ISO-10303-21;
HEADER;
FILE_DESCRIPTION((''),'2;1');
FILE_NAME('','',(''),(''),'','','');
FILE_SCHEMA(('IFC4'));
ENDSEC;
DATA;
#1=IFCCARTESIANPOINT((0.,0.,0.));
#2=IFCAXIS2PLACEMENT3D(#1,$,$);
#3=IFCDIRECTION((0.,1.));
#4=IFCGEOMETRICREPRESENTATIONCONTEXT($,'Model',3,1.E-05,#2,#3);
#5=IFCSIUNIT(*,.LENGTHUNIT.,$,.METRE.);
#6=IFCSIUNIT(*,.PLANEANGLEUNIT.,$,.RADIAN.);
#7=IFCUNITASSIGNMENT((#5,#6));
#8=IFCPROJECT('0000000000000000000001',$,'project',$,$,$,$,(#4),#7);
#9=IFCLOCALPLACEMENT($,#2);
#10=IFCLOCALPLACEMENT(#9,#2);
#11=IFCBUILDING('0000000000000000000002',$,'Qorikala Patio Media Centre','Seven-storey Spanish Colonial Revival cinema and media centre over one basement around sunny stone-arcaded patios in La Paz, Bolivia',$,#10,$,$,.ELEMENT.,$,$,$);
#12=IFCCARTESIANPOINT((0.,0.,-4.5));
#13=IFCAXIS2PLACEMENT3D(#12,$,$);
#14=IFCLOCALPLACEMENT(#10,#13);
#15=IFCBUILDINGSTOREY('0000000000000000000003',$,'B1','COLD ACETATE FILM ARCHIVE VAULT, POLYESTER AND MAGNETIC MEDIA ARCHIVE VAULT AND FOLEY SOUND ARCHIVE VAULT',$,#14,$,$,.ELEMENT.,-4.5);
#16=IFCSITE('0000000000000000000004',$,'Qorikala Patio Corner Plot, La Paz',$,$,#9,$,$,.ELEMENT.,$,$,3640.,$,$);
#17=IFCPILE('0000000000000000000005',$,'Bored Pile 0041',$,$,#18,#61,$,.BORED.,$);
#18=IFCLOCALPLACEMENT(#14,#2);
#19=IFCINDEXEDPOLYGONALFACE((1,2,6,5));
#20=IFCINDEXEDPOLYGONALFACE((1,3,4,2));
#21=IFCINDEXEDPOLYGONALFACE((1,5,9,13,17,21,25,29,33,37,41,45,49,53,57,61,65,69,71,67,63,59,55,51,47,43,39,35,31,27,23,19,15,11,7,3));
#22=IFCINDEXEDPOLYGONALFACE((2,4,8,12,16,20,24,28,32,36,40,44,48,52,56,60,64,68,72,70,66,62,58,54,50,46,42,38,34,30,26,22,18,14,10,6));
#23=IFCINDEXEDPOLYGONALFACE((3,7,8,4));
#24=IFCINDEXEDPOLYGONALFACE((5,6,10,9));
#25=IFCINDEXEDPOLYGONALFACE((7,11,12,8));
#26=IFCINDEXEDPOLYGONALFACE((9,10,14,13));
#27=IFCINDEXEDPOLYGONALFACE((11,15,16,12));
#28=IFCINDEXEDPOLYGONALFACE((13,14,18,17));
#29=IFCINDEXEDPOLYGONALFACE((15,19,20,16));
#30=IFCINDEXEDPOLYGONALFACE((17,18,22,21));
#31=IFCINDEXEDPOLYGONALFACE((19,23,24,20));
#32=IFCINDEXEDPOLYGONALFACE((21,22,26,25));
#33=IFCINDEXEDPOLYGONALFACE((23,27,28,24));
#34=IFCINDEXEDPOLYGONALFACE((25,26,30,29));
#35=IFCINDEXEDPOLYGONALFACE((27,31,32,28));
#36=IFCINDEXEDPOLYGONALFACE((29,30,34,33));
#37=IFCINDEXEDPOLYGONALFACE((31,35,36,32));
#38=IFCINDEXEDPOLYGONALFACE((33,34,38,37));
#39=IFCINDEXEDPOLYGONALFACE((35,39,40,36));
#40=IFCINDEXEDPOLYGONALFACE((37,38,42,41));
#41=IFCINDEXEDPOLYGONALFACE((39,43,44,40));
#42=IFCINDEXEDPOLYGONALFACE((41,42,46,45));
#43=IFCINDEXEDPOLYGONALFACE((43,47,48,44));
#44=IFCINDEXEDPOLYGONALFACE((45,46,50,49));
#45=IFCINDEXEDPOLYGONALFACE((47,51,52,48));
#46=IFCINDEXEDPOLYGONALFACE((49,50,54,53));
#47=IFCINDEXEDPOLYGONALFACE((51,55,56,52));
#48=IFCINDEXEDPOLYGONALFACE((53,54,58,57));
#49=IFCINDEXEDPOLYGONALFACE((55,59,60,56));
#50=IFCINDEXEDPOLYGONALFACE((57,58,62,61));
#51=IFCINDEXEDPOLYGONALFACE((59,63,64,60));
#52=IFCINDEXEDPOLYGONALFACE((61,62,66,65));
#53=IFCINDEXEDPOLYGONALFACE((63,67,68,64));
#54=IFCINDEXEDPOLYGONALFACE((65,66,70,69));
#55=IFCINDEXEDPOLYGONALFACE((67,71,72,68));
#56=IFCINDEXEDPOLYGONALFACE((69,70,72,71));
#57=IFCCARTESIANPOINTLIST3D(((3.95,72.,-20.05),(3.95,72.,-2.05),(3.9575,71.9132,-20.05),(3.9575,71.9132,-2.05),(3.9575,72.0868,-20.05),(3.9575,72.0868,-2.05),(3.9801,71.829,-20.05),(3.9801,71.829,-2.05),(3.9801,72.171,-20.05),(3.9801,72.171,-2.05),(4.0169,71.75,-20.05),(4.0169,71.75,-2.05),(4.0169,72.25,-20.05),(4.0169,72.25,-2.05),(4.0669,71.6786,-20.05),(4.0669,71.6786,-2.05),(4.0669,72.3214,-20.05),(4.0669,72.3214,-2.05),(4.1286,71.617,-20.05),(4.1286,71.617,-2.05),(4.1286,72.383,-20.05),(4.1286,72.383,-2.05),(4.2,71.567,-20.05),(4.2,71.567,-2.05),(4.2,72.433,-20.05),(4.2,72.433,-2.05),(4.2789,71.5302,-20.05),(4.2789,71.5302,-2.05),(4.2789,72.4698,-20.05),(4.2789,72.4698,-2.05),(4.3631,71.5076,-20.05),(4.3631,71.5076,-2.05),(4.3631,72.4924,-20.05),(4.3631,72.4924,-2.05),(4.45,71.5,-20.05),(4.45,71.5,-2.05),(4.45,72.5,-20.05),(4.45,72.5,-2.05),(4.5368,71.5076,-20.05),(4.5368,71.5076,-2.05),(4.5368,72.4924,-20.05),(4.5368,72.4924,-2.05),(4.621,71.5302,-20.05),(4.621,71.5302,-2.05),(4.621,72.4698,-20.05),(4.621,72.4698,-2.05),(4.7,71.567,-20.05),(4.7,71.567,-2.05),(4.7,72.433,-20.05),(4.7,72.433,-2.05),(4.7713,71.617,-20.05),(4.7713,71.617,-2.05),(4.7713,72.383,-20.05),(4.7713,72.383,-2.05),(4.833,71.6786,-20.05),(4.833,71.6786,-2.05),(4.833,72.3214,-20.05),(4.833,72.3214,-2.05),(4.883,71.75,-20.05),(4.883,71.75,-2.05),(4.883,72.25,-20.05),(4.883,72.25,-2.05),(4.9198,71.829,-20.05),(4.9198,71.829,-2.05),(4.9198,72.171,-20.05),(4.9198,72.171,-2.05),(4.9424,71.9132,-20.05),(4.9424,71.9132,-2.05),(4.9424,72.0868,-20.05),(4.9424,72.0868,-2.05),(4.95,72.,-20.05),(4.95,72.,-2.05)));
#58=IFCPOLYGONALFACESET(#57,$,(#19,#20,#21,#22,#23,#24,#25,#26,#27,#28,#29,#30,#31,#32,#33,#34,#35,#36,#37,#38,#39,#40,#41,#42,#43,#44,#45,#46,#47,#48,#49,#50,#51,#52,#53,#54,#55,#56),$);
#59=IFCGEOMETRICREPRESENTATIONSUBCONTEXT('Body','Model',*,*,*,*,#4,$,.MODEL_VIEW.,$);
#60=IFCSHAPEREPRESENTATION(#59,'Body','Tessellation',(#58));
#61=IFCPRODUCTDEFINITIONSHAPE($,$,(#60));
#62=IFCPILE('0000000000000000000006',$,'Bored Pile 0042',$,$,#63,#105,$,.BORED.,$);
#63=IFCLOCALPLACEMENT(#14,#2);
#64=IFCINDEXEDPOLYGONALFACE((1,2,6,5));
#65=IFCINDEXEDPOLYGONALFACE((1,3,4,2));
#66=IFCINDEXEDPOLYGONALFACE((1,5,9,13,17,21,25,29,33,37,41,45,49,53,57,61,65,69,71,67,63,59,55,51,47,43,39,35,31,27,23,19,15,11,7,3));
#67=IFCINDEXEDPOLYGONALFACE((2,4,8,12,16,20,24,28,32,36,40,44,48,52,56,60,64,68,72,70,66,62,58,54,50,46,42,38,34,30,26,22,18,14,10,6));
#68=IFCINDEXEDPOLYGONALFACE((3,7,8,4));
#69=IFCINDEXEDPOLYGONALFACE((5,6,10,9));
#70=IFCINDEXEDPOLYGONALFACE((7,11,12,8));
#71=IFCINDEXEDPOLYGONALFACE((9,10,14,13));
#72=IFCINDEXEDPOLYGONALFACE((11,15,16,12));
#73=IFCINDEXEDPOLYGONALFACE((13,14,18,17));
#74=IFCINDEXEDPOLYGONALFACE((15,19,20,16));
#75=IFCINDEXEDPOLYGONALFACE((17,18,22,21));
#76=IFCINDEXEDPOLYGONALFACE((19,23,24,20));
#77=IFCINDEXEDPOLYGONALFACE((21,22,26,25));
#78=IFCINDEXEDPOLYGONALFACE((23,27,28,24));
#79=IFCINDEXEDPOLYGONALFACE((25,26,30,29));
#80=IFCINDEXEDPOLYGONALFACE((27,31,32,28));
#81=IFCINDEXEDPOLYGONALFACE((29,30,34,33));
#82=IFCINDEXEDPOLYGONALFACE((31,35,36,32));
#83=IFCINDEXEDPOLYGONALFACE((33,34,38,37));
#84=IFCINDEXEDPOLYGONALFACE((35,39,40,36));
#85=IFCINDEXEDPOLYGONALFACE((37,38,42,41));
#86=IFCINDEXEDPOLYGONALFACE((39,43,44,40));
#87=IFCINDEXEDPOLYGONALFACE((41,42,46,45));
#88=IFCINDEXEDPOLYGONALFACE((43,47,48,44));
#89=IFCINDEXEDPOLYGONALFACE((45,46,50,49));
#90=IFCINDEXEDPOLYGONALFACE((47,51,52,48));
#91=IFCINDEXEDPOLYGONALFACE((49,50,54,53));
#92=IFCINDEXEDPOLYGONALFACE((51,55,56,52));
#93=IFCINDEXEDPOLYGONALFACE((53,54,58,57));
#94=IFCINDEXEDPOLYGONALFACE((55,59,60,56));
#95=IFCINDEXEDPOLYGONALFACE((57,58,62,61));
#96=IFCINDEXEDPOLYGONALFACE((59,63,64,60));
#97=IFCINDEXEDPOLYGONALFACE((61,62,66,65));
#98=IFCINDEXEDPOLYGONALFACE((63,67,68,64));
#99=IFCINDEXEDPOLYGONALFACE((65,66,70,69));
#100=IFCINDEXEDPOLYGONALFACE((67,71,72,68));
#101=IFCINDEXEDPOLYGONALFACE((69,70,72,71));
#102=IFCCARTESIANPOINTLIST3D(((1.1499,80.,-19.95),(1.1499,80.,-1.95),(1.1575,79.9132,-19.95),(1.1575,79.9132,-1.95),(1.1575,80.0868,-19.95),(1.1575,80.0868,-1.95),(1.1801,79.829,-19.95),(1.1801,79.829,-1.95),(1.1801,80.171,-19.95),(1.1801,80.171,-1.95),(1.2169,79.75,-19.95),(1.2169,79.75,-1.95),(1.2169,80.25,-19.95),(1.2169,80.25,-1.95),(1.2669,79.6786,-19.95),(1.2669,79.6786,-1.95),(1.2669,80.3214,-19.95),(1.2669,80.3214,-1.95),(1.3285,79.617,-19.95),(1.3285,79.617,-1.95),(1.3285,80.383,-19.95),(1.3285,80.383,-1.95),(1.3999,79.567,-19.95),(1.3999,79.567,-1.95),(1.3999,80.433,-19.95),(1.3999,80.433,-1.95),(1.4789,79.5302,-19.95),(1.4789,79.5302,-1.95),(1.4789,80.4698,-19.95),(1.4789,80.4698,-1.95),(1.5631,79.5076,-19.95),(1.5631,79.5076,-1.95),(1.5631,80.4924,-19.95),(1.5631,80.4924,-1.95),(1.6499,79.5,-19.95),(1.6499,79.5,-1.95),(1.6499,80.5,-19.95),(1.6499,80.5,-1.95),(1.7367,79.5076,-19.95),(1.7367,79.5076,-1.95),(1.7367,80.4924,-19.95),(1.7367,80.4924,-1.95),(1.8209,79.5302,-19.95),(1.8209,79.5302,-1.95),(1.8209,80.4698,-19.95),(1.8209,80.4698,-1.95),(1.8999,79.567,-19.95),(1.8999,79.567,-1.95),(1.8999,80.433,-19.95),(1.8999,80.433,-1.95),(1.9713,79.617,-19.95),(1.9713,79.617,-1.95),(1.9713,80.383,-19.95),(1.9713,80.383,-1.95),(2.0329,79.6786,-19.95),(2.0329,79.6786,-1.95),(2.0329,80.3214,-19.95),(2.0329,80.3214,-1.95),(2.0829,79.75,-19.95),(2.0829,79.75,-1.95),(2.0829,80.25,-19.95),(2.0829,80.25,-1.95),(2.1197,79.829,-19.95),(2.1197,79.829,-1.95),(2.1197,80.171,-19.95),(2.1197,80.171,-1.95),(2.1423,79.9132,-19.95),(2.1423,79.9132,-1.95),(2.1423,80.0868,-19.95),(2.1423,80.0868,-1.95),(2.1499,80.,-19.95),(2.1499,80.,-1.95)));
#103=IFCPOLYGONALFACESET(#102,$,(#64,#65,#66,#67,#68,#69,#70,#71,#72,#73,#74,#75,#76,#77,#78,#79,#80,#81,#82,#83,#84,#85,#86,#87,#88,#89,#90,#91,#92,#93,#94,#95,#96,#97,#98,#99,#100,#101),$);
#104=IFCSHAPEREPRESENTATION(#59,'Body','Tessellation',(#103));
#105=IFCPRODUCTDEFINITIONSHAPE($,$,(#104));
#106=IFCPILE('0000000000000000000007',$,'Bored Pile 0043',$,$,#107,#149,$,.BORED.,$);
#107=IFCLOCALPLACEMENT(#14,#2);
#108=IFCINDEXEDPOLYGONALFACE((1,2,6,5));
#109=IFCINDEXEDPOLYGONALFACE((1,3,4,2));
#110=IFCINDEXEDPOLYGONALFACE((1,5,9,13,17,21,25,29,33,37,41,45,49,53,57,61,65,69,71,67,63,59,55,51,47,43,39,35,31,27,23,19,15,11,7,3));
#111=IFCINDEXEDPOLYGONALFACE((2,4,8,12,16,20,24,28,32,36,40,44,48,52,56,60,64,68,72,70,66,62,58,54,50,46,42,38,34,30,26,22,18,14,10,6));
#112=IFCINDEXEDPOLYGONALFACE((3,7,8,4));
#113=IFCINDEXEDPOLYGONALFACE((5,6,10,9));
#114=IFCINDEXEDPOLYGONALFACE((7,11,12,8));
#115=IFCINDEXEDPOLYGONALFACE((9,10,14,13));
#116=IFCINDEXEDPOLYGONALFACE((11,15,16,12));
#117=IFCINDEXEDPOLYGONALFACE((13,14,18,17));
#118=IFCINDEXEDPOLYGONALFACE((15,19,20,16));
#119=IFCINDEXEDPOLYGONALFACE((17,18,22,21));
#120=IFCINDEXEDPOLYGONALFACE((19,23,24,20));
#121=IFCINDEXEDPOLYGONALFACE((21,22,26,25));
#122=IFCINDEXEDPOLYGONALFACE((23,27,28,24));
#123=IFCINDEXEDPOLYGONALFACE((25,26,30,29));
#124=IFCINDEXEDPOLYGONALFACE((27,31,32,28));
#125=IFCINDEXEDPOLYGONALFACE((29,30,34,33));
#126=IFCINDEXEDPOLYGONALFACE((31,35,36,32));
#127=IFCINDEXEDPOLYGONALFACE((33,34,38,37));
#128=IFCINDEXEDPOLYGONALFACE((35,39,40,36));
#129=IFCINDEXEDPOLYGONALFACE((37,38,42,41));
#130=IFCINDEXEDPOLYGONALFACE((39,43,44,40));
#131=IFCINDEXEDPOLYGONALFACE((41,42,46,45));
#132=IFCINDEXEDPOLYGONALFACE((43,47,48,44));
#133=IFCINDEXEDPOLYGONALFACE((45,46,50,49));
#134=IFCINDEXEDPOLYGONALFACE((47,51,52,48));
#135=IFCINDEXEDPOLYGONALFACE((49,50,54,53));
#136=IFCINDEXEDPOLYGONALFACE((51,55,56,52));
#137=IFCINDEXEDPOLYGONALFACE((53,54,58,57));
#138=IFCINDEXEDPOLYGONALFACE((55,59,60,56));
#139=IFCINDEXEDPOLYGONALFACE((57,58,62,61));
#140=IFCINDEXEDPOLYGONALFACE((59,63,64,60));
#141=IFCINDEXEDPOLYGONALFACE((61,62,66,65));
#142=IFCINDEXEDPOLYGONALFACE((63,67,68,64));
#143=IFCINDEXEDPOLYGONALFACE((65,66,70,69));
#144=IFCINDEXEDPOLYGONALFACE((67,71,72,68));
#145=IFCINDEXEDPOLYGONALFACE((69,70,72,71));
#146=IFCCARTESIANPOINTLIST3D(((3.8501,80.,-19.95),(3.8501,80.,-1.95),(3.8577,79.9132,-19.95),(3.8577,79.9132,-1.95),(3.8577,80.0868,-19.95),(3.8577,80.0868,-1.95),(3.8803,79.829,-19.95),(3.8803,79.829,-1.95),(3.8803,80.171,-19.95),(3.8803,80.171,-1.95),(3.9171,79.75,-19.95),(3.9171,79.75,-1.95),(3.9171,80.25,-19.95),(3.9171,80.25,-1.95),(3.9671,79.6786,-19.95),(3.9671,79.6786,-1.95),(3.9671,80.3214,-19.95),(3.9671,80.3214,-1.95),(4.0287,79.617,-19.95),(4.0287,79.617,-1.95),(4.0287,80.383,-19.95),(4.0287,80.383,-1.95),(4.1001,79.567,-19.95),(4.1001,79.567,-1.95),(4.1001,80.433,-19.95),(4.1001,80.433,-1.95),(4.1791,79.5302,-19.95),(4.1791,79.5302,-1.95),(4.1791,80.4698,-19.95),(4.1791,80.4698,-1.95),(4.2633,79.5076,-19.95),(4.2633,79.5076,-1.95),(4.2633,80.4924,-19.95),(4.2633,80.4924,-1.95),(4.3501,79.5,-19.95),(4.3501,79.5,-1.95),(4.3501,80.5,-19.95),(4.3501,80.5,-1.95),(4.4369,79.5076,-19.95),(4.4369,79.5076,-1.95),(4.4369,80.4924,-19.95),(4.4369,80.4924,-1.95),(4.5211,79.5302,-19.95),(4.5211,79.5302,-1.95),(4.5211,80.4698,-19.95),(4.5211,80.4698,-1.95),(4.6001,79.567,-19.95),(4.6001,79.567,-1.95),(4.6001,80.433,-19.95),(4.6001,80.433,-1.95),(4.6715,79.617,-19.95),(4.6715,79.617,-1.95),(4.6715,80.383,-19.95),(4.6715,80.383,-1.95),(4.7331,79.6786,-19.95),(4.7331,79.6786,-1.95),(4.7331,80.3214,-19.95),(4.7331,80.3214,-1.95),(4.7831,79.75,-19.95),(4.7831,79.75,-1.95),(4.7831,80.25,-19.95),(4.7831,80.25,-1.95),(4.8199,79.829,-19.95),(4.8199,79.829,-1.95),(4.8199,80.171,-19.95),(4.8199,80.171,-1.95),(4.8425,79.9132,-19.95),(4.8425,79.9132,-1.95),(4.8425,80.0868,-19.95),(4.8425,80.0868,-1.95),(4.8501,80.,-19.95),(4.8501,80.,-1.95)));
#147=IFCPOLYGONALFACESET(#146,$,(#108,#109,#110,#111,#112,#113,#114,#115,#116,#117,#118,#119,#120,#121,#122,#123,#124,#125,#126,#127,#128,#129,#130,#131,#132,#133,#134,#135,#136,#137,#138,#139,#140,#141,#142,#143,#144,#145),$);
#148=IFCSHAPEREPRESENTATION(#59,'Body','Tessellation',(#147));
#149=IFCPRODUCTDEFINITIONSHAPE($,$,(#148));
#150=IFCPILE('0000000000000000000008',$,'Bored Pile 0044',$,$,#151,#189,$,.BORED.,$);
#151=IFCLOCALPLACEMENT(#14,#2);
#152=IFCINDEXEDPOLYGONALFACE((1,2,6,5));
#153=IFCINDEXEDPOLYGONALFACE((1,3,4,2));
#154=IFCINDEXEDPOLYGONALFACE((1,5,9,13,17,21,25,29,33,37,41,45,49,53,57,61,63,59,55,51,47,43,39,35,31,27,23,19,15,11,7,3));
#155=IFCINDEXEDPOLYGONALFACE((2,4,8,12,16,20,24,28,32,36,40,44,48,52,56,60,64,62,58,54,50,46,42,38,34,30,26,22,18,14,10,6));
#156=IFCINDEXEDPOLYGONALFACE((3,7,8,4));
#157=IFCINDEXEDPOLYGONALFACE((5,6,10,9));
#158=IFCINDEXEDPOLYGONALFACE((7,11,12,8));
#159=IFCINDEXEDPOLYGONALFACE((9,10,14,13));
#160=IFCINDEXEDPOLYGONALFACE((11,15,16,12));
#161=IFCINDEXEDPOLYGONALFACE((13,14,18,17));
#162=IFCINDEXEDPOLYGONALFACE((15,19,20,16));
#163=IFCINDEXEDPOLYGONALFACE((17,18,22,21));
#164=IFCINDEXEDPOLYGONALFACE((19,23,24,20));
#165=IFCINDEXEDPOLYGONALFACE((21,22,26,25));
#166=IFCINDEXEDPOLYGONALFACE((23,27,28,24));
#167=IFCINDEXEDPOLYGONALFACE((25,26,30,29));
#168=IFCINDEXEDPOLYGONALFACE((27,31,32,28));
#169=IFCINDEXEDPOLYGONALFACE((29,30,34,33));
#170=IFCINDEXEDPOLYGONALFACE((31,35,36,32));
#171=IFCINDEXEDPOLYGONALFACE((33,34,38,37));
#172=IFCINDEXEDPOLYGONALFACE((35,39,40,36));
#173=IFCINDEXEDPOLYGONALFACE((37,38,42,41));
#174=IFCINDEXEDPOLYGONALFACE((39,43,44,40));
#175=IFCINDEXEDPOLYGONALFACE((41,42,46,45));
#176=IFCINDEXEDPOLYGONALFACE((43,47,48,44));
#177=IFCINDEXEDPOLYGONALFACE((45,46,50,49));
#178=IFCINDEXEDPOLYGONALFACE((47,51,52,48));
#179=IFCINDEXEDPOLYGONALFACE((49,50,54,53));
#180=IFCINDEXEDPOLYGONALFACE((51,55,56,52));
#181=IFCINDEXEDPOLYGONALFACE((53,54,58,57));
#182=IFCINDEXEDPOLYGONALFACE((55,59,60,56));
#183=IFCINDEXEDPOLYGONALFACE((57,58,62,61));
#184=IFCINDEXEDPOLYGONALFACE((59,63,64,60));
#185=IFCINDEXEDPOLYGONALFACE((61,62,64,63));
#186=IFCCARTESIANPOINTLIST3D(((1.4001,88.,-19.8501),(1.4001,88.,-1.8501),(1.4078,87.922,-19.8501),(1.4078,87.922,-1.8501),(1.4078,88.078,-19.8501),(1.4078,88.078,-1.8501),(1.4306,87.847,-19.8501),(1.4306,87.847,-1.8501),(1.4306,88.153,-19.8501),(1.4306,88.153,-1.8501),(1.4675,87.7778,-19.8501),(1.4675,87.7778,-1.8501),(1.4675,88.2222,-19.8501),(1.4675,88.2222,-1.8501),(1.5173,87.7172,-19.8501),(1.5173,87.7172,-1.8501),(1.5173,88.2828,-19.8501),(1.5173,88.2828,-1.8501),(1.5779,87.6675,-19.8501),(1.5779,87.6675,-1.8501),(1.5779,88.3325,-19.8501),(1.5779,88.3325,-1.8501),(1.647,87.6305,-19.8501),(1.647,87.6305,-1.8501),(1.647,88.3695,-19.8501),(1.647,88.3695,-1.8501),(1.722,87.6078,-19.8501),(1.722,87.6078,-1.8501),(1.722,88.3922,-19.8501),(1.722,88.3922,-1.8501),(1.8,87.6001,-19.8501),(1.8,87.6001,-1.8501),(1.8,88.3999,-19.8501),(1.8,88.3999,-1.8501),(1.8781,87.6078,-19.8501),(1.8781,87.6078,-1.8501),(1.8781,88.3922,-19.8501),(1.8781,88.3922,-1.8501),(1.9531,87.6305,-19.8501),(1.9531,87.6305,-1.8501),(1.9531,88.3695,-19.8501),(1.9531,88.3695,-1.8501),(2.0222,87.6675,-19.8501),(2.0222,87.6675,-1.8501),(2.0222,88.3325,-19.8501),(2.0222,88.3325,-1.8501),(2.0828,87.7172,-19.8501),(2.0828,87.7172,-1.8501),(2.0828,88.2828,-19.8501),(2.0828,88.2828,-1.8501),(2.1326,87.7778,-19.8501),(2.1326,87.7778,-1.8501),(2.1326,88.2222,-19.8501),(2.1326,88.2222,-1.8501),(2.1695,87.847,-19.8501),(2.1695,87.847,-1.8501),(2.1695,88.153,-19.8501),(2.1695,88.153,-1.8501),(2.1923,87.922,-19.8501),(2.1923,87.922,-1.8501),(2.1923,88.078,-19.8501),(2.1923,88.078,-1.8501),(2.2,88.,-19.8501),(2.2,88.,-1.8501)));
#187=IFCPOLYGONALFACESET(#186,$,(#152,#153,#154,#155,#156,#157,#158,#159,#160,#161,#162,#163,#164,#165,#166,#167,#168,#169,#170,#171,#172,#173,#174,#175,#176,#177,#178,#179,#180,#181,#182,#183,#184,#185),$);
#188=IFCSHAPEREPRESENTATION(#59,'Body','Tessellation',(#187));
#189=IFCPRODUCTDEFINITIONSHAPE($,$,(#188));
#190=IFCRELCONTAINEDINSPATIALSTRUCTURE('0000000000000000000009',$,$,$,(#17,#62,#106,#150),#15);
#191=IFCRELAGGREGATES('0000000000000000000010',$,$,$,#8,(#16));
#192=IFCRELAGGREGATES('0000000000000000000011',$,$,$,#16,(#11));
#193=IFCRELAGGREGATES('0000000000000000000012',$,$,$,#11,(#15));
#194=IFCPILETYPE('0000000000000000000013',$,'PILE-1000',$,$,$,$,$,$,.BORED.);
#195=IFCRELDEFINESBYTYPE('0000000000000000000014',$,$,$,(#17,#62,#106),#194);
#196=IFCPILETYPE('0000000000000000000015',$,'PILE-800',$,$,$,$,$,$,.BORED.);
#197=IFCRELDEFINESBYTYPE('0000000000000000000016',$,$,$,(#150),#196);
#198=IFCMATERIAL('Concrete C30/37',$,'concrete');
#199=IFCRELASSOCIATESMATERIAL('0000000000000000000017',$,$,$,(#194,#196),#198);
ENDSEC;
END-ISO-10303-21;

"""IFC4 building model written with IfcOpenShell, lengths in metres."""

from ifc_helpers import new_model, si_unit, direction, frame, origin, origin_2d, place, context, subcontext, project, spatial, circle, extrude, material, material_profile, profile_set, type_object, element, save


model = new_model("IFC4")

# Units and contexts
model_context = context("Model", 3, precision=1e-05, world=origin(), true_north=direction((0.0, 1.0)))
body_context = subcontext(model_context, "Body", "Model", "MODEL_VIEW")
ifc_project = project(units=[si_unit("LENGTHUNIT", "METRE"), si_unit("PLANEANGLEUNIT", "RADIAN")], contexts=[model_context])

# Site, building, storey
site_placement = place(None, origin())
site = spatial("IfcSite", under=ifc_project, at=site_placement, Name="Qorikala Patio Corner Plot, La Paz", CompositionType="ELEMENT", RefElevation=3640.0)
building_placement = place(site_placement, origin())
building = spatial("IfcBuilding", under=site, at=building_placement, Name="Qorikala Patio Media Centre", Description="Seven-storey Spanish Colonial Revival cinema and media centre over one basement around sunny stone-arcaded patios in La Paz, Bolivia", CompositionType="ELEMENT")
storey_placement = place(building_placement, frame((0.0, 0.0, -4.5)))
storey = spatial("IfcBuildingStorey", under=building, at=storey_placement, Name="B1", Description="COLD ACETATE FILM ARCHIVE VAULT, POLYESTER AND MAGNETIC MEDIA ARCHIVE VAULT AND FOLEY SOUND ARCHIVE VAULT", CompositionType="ELEMENT", Elevation=-4.5)

# Shared definitions
ifc_material_1 = material(Name="Concrete C30/37", Category="concrete")

# Piles
ifc_material_profile_1 = material_profile(ifc_material_1, circle(Radius=0.5, at=origin_2d()), Name="BORED PILE 1000")
ifc_profile_set_1 = profile_set([ifc_material_profile_1], Name="Concrete C30/37")
pile_type_1 = type_object("IfcPileType", Name="PILE-1000", PredefinedType="BORED", material=ifc_profile_set_1)
for number, where, z_axis, x_axis, name in (
    (1, (4.45, 72.0, -2.05), (0.0, 0.0, -1.0), (1.0, 0.0, 0.0), "Bored Pile 0041"),
    (2, (1.6499, 80.0, -1.95), (0.0, 0.0, -1.0), (1.0, 0.0, 0.0), "Bored Pile 0042"),
    (3, (4.3501, 80.0, -1.95), (0.0, 0.0, -1.0), (1.0, 0.0, 0.0), "Bored Pile 0043"),
):
    element("IfcPile", number, at=place(storey_placement, frame(where, z_axis=z_axis, x_axis=x_axis)), inside=storey, type_object=pile_type_1, Name=name, PredefinedType="BORED", context=body_context, shape_type="SweptSolid", body=[
        extrude(circle(Radius=0.5, at=origin_2d()), origin(), (0.0, 0.0, 1.0), 18.0),
    ])
ifc_material_profile_2 = material_profile(ifc_material_1, circle(Radius=0.3999, at=origin_2d()), Name="BORED PILE 800")
ifc_profile_set_2 = profile_set([ifc_material_profile_2], Name="Concrete C30/37")
pile_type_2 = type_object("IfcPileType", Name="PILE-800", PredefinedType="BORED", material=ifc_profile_set_2)
for number, where, z_axis, x_axis, name in (
    (4, (1.8, 88.0, -1.8501), (0.0, 0.0, -1.0), (1.0, 0.0, 0.0), "Bored Pile 0044"),
):
    element("IfcPile", number, at=place(storey_placement, frame(where, z_axis=z_axis, x_axis=x_axis)), inside=storey, type_object=pile_type_2, Name=name, PredefinedType="BORED", context=body_context, shape_type="SweptSolid", body=[
        extrude(circle(Radius=0.3999, at=origin_2d()), origin(), (0.0, 0.0, 1.0), 18.0),
    ])

save(model, "model.ifc")
